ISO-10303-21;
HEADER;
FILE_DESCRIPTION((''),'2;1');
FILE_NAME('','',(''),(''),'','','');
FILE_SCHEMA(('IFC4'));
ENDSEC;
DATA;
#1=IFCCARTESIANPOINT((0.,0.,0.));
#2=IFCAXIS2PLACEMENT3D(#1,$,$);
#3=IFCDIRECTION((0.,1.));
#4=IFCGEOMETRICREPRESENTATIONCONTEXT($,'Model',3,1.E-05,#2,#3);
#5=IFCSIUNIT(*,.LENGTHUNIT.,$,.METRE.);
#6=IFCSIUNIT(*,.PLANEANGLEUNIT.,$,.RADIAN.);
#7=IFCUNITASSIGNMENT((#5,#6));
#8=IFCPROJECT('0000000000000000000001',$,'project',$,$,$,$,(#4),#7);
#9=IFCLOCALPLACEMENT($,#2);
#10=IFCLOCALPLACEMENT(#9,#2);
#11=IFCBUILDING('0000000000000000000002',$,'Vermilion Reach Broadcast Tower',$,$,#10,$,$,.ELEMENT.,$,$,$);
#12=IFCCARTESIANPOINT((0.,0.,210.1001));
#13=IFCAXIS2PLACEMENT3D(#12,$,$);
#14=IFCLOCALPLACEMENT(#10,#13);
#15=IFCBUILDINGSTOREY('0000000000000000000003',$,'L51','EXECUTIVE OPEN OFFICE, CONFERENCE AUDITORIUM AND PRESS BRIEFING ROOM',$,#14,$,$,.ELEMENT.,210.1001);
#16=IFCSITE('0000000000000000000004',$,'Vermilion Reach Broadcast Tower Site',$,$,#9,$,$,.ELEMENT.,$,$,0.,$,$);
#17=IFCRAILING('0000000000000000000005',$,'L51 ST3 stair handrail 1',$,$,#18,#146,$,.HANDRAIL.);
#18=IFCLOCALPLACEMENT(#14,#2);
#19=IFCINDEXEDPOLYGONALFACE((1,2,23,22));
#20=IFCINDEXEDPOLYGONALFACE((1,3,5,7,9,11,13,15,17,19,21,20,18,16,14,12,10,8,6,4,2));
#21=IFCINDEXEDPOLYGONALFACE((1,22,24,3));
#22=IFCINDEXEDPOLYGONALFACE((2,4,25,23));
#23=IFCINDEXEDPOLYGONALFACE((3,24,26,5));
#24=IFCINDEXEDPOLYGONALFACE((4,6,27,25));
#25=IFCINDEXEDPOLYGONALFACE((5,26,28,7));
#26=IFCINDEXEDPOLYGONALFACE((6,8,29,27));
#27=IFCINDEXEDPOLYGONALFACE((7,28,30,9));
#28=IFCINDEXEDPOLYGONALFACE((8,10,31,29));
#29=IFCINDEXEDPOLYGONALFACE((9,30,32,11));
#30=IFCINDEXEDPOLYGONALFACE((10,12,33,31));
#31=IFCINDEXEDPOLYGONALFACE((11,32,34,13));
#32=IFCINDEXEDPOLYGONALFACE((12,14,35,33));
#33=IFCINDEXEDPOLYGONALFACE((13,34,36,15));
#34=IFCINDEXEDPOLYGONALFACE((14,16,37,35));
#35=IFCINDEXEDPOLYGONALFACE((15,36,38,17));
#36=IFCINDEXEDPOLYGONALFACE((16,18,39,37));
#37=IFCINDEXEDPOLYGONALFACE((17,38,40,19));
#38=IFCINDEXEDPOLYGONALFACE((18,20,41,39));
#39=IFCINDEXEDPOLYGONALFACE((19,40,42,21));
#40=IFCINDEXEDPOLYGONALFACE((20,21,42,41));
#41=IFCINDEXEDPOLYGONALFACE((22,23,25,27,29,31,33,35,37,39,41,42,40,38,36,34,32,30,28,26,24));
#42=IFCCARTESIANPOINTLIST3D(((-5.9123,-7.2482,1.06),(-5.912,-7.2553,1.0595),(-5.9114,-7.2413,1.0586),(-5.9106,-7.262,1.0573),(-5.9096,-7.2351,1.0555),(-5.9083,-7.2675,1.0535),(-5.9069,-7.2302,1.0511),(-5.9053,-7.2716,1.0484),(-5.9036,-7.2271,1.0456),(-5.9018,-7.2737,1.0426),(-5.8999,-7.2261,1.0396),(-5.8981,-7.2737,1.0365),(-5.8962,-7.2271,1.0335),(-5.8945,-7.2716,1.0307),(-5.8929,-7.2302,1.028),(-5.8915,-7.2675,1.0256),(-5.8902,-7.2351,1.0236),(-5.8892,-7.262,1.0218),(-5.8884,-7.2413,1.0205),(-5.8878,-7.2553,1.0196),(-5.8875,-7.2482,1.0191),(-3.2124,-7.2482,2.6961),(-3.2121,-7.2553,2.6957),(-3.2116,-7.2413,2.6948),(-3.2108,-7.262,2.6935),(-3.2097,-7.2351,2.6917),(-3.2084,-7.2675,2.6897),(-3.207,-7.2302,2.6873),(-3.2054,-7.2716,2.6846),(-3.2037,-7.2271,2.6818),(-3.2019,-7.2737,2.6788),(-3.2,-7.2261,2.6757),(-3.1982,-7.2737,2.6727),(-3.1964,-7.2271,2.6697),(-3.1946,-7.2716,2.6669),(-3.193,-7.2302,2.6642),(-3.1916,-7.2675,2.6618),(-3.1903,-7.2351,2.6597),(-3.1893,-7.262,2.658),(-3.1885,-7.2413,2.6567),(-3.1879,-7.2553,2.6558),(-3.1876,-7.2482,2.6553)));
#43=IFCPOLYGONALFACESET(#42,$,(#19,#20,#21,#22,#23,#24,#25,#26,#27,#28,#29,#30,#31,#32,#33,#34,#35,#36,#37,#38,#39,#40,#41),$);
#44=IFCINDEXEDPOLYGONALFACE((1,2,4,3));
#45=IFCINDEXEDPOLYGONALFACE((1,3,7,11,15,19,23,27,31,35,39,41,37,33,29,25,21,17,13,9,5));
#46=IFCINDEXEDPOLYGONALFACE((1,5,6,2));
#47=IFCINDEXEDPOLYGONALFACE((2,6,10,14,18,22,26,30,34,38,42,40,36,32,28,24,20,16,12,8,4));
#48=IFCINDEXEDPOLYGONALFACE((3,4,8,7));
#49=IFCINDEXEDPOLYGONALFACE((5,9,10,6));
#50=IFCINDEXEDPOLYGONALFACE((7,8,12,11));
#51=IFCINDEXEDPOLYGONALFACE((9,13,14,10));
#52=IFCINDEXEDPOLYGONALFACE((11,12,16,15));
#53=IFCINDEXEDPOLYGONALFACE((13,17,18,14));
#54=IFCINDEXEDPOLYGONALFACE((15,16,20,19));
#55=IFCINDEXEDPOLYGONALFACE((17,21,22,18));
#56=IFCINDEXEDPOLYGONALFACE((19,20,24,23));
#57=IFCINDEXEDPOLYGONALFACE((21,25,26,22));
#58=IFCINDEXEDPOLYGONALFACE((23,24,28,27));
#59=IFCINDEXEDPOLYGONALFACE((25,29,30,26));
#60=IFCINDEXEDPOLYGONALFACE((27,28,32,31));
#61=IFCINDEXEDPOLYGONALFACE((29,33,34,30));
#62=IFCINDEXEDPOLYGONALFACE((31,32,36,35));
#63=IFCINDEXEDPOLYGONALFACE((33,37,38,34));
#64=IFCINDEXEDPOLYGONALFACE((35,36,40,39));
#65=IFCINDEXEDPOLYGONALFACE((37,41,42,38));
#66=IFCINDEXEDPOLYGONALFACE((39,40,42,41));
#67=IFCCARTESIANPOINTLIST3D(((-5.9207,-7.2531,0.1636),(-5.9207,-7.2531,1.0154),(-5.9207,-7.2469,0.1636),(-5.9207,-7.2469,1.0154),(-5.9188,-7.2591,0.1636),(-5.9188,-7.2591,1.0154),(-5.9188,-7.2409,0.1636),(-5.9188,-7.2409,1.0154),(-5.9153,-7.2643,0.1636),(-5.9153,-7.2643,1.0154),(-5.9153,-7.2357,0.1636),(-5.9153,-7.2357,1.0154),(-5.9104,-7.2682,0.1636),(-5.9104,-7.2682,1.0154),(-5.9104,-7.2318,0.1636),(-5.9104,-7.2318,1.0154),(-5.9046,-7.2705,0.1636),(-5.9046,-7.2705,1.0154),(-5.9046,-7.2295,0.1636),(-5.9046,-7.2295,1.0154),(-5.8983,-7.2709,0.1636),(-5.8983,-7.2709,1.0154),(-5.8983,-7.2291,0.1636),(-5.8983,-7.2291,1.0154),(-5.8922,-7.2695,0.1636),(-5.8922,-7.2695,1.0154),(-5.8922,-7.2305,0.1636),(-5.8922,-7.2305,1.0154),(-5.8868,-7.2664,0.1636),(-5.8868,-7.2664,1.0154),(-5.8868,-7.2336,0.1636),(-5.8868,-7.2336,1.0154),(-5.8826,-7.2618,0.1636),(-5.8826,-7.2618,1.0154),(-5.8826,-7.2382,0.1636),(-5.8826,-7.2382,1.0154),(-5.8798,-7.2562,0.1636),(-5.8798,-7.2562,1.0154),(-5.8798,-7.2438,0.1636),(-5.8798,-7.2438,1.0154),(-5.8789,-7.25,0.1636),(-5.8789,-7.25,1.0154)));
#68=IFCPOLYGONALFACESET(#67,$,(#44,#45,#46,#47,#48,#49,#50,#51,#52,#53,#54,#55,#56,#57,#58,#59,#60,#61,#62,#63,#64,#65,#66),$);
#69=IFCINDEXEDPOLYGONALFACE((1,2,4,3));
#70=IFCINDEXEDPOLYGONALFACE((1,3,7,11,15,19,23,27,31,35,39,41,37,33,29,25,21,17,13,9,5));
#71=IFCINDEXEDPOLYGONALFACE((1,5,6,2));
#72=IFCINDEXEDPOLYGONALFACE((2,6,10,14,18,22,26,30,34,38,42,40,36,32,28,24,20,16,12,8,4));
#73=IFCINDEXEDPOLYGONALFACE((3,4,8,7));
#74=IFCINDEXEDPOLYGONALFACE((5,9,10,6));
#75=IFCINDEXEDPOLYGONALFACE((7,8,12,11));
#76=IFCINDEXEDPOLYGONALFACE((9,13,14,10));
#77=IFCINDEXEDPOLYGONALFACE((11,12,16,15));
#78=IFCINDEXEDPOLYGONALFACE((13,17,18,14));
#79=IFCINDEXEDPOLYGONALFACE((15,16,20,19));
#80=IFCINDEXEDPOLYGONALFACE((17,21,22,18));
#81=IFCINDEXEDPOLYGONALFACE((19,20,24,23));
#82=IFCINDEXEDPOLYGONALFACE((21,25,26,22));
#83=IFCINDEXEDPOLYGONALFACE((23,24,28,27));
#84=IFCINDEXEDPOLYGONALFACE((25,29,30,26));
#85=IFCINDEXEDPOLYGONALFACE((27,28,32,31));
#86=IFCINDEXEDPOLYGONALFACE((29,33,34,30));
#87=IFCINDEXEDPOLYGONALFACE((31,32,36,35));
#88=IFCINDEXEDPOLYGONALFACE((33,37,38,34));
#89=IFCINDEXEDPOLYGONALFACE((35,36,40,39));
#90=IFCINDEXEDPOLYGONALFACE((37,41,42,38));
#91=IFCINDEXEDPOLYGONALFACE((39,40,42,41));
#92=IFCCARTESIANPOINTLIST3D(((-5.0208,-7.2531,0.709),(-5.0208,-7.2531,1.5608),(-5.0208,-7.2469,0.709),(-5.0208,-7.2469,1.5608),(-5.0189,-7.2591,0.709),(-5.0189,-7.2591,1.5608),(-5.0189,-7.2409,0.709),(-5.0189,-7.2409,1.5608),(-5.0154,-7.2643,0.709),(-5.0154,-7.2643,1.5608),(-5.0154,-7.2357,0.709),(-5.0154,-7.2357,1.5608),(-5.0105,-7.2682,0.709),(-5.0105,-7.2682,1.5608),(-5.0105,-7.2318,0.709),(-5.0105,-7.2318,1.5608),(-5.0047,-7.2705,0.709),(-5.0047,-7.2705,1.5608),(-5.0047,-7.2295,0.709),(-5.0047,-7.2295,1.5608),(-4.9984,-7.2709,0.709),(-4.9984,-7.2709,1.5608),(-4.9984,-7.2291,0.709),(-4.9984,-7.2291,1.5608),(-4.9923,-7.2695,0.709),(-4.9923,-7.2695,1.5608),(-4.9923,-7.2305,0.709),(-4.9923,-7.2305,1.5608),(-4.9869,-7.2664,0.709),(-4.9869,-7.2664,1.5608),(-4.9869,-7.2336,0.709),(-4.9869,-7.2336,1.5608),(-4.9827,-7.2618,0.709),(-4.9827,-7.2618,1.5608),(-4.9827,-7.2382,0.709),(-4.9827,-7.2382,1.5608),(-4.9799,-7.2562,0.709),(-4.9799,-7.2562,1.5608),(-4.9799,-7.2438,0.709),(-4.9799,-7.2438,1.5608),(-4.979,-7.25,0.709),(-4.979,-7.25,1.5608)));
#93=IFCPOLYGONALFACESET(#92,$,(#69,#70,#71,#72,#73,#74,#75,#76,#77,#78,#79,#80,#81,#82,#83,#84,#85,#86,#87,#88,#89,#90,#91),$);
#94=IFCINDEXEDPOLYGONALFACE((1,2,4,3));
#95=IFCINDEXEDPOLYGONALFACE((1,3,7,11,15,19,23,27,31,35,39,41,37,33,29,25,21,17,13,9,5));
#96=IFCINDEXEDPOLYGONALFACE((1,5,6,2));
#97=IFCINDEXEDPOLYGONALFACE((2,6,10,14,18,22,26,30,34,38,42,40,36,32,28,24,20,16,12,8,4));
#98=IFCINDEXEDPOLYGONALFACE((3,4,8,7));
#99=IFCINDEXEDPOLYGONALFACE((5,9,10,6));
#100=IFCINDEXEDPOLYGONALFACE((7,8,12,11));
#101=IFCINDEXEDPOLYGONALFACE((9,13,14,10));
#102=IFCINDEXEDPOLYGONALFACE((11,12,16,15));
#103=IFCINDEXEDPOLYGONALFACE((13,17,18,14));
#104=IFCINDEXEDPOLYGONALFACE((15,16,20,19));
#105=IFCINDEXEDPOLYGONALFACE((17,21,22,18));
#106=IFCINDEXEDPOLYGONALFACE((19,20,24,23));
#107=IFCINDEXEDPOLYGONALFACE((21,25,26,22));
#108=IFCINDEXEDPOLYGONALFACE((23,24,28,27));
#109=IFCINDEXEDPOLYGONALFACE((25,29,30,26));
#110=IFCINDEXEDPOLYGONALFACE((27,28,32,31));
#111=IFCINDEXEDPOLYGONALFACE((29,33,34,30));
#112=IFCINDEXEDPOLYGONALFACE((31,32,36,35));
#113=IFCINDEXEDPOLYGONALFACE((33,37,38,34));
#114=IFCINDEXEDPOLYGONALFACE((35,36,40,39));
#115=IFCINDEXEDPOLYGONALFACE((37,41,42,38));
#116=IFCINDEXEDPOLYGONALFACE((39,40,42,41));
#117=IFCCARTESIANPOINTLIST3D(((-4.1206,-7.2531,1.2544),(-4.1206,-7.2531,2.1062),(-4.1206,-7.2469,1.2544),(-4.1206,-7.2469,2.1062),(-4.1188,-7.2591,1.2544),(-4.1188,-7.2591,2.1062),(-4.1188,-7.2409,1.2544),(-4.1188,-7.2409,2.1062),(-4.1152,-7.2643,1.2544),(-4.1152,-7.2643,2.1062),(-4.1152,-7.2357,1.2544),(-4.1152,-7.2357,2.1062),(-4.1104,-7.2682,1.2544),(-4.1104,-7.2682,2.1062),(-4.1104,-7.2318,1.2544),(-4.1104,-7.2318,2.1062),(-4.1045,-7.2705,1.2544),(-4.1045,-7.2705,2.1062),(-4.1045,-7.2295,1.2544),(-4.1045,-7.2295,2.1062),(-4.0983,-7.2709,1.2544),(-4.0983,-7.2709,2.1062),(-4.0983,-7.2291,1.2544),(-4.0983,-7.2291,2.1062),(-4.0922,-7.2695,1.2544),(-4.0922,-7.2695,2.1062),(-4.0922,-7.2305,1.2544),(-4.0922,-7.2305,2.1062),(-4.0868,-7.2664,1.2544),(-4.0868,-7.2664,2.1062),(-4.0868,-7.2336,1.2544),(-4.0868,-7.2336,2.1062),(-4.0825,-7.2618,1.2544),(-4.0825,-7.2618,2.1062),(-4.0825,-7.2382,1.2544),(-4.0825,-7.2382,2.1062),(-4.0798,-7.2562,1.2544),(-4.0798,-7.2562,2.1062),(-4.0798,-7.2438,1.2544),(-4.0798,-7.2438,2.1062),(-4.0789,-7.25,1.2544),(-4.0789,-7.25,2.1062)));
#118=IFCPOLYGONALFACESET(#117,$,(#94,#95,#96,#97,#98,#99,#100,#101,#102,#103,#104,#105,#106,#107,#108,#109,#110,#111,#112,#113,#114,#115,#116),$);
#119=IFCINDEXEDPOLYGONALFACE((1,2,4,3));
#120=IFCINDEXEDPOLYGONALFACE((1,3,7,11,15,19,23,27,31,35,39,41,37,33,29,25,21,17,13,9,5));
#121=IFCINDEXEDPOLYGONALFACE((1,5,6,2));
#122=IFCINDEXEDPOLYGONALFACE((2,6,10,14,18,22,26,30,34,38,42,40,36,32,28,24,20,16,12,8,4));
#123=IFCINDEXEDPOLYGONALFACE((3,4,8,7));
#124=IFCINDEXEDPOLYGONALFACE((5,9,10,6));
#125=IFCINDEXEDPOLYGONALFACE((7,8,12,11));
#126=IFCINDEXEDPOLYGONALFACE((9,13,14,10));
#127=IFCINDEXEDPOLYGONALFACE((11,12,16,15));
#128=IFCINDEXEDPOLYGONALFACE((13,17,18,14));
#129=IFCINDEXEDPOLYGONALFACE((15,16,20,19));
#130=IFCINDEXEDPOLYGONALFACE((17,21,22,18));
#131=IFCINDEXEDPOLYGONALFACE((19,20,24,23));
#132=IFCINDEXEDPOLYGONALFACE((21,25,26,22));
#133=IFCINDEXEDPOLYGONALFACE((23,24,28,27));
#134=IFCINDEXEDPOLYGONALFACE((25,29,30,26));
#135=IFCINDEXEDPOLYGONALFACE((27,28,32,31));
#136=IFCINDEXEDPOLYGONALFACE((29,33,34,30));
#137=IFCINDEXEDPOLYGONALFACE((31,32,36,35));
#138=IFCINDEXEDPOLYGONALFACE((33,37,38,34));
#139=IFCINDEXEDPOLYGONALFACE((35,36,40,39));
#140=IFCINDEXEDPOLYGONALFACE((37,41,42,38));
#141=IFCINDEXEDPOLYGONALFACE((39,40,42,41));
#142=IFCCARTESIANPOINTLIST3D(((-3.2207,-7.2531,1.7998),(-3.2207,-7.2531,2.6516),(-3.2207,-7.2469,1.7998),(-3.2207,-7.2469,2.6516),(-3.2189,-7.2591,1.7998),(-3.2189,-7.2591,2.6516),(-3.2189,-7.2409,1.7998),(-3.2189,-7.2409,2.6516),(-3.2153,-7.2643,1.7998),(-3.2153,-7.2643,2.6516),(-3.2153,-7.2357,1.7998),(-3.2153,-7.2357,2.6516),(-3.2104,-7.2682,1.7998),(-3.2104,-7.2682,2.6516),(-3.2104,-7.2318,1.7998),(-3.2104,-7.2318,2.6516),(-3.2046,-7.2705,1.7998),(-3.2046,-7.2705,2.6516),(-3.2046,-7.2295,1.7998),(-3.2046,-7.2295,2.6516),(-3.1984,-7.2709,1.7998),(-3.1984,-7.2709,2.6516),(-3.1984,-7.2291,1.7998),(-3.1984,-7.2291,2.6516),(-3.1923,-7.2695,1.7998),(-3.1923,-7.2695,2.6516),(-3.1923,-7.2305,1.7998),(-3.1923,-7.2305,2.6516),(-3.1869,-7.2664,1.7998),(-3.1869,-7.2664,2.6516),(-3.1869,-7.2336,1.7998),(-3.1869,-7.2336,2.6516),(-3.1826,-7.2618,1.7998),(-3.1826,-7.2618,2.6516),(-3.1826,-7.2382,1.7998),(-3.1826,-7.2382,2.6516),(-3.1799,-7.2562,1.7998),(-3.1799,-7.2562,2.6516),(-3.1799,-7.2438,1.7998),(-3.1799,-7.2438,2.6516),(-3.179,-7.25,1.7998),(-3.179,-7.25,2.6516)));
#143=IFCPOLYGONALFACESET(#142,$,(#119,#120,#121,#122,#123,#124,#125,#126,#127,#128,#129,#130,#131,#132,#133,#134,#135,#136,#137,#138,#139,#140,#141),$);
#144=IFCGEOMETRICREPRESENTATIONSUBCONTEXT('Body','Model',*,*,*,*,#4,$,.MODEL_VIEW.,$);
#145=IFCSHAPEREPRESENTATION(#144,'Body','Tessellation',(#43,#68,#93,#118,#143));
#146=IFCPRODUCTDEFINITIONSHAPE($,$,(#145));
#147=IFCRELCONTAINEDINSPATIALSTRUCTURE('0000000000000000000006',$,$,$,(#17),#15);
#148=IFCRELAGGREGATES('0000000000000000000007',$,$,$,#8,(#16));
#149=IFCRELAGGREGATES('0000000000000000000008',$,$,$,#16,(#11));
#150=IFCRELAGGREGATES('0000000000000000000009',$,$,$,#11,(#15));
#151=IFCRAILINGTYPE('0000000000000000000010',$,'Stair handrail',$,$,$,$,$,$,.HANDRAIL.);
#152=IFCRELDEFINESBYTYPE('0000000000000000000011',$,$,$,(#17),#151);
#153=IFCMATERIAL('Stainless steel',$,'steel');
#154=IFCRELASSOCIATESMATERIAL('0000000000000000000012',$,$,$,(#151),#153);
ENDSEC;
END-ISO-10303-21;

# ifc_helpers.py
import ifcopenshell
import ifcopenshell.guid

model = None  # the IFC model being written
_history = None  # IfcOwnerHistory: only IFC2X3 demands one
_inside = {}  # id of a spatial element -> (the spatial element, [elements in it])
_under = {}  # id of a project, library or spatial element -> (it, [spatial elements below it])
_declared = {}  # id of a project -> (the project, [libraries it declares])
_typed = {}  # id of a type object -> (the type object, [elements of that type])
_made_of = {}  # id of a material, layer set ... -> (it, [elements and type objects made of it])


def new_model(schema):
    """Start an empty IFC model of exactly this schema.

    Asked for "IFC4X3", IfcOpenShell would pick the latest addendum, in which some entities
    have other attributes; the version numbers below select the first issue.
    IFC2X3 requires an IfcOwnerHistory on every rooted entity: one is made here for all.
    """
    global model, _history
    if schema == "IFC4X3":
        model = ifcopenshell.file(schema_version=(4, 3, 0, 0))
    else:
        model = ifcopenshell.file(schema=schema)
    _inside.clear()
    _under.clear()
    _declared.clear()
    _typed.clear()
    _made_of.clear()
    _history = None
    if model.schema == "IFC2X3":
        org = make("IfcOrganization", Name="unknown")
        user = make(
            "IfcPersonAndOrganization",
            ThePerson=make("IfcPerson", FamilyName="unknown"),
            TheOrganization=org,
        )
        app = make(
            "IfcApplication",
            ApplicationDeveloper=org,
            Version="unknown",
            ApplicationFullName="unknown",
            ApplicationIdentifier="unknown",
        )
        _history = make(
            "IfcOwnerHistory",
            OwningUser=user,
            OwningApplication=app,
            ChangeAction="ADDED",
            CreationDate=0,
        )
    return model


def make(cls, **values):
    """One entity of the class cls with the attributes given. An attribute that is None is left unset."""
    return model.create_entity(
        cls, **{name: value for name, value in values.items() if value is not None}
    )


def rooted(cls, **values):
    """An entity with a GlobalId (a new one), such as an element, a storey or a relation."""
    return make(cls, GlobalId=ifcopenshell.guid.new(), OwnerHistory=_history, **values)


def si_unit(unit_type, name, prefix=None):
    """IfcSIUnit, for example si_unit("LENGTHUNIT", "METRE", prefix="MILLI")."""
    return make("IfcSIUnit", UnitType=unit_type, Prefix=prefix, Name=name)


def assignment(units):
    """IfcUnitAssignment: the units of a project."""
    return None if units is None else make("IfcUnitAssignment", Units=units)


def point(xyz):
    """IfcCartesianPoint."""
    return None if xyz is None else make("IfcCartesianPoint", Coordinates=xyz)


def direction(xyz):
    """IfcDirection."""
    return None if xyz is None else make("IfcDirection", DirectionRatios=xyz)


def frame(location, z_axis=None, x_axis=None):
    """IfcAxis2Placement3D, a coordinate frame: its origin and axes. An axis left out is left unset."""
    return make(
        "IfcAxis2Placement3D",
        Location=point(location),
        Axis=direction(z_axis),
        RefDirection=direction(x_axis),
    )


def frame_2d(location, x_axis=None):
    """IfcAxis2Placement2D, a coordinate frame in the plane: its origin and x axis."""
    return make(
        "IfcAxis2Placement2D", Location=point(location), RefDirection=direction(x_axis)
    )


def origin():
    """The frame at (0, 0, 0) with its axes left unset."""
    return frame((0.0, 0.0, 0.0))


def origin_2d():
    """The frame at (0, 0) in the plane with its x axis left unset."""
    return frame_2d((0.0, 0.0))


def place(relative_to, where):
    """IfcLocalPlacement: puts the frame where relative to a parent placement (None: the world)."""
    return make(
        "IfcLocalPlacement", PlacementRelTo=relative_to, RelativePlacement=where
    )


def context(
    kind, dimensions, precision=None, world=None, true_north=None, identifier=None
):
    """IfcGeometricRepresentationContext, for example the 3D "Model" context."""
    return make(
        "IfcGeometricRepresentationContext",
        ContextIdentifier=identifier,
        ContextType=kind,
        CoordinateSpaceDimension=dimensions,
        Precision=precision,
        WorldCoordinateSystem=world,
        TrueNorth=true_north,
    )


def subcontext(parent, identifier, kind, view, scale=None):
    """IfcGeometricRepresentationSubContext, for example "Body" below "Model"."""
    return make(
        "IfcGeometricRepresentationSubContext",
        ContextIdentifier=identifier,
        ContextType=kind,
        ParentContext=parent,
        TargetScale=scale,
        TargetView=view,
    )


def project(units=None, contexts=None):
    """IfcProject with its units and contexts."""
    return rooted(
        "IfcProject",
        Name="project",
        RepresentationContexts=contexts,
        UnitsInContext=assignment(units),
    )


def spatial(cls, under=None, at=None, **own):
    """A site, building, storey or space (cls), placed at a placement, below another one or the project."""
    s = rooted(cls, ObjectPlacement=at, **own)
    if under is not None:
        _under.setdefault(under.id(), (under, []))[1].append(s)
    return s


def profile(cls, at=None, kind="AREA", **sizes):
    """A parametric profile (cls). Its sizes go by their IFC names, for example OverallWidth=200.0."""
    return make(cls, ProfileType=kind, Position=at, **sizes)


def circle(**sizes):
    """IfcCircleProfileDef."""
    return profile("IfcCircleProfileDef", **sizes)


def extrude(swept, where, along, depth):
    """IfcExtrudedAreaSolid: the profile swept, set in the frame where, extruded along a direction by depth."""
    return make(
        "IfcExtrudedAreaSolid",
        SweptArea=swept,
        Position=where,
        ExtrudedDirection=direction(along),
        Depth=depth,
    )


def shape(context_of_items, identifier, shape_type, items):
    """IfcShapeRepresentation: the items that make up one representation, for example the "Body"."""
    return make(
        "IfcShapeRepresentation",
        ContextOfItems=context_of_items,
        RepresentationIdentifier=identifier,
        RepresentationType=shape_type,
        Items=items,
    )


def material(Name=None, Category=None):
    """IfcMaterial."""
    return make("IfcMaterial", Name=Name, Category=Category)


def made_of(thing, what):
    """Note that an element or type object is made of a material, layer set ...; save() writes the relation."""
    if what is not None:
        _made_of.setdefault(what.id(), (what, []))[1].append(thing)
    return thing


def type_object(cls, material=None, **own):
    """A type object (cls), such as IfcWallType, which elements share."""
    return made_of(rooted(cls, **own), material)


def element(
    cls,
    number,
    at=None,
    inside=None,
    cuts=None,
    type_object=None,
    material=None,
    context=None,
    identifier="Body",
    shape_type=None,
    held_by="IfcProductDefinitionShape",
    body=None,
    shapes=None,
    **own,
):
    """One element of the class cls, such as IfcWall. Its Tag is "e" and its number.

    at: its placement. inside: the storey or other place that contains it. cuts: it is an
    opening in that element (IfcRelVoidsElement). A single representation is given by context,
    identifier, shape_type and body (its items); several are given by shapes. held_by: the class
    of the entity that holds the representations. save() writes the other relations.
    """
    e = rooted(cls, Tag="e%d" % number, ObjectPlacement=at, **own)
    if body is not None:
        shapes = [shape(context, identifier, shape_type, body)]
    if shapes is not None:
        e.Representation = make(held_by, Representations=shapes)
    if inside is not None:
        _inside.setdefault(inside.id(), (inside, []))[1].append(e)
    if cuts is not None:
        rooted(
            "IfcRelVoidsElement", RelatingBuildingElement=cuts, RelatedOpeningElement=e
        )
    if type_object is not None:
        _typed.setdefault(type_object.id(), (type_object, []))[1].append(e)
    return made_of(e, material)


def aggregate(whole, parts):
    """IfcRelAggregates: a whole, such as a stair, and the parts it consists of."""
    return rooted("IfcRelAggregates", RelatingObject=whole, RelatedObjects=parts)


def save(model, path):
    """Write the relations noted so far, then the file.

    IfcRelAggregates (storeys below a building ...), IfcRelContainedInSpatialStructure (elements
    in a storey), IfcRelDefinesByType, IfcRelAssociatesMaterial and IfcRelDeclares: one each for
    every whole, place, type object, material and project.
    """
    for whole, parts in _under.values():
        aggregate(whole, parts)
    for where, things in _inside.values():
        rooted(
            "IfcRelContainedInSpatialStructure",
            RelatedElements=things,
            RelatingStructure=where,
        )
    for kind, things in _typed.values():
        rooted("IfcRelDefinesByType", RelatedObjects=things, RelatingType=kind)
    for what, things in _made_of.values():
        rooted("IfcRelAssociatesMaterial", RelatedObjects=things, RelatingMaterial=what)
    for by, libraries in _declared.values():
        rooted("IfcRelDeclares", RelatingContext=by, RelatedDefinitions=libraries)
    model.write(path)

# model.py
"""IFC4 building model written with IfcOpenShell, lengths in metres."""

from ifc_helpers import new_model, si_unit, direction, frame, origin, origin_2d, place, context, subcontext, project, spatial, circle, extrude, material, type_object, element, save


model = new_model("IFC4")

# Units and contexts
model_context = context("Model", 3, precision=1e-05, world=origin(), true_north=direction((0.0, 1.0)))
body_context = subcontext(model_context, "Body", "Model", "MODEL_VIEW")
ifc_project = project(units=[si_unit("LENGTHUNIT", "METRE"), si_unit("PLANEANGLEUNIT", "RADIAN")], contexts=[model_context])

# Site, building, storey
site_placement = place(None, origin())
site = spatial("IfcSite", under=ifc_project, at=site_placement, Name="Vermilion Reach Broadcast Tower Site", CompositionType="ELEMENT", RefElevation=0.0)
building_placement = place(site_placement, origin())
building = spatial("IfcBuilding", under=site, at=building_placement, Name="Vermilion Reach Broadcast Tower", CompositionType="ELEMENT")
storey_placement = place(building_placement, frame((0.0, 0.0, 210.1001)))
storey = spatial("IfcBuildingStorey", under=building, at=storey_placement, Name="L51", Description="EXECUTIVE OPEN OFFICE, CONFERENCE AUDITORIUM AND PRESS BRIEFING ROOM", CompositionType="ELEMENT", Elevation=210.1001)

# Railing
ifc_material_1 = material(Name="Stainless steel", Category="steel")
railing_type_1 = type_object("IfcRailingType", Name="Stair handrail", PredefinedType="HANDRAIL", material=ifc_material_1)
railing_1_placement = place(storey_placement, frame((-5.8999, -7.25, 0.1636)))
element("IfcRailing", 1, at=railing_1_placement, inside=storey, type_object=railing_type_1, Name="L51 ST3 stair handrail 1", PredefinedType="HANDRAIL", context=body_context, shape_type="SweptSolid", body=[
    extrude(circle(Radius=0.0239, at=origin_2d()), frame((0.0, 0.0, 0.876), z_axis=(0.855212, 0.0, 0.518278), x_axis=(0.0, 1.0, 0.0)), (0.0, 0.0, 1.0), 3.157),
    extrude(circle(Radius=0.021, at=origin_2d()), origin(), (0.0, 0.0, 1.0), 0.8518),
    extrude(circle(Radius=0.021, at=origin_2d()), frame((0.8999, 0.0, 0.5454)), (0.0, 0.0, 1.0), 0.8518),
    extrude(circle(Radius=0.021, at=origin_2d()), frame((1.8, 0.0, 1.0908)), (0.0, 0.0, 1.0), 0.8518),
    extrude(circle(Radius=0.021, at=origin_2d()), frame((2.7, 0.0, 1.6362)), (0.0, 0.0, 1.0), 0.8518),
])

save(model, "model.ifc")
